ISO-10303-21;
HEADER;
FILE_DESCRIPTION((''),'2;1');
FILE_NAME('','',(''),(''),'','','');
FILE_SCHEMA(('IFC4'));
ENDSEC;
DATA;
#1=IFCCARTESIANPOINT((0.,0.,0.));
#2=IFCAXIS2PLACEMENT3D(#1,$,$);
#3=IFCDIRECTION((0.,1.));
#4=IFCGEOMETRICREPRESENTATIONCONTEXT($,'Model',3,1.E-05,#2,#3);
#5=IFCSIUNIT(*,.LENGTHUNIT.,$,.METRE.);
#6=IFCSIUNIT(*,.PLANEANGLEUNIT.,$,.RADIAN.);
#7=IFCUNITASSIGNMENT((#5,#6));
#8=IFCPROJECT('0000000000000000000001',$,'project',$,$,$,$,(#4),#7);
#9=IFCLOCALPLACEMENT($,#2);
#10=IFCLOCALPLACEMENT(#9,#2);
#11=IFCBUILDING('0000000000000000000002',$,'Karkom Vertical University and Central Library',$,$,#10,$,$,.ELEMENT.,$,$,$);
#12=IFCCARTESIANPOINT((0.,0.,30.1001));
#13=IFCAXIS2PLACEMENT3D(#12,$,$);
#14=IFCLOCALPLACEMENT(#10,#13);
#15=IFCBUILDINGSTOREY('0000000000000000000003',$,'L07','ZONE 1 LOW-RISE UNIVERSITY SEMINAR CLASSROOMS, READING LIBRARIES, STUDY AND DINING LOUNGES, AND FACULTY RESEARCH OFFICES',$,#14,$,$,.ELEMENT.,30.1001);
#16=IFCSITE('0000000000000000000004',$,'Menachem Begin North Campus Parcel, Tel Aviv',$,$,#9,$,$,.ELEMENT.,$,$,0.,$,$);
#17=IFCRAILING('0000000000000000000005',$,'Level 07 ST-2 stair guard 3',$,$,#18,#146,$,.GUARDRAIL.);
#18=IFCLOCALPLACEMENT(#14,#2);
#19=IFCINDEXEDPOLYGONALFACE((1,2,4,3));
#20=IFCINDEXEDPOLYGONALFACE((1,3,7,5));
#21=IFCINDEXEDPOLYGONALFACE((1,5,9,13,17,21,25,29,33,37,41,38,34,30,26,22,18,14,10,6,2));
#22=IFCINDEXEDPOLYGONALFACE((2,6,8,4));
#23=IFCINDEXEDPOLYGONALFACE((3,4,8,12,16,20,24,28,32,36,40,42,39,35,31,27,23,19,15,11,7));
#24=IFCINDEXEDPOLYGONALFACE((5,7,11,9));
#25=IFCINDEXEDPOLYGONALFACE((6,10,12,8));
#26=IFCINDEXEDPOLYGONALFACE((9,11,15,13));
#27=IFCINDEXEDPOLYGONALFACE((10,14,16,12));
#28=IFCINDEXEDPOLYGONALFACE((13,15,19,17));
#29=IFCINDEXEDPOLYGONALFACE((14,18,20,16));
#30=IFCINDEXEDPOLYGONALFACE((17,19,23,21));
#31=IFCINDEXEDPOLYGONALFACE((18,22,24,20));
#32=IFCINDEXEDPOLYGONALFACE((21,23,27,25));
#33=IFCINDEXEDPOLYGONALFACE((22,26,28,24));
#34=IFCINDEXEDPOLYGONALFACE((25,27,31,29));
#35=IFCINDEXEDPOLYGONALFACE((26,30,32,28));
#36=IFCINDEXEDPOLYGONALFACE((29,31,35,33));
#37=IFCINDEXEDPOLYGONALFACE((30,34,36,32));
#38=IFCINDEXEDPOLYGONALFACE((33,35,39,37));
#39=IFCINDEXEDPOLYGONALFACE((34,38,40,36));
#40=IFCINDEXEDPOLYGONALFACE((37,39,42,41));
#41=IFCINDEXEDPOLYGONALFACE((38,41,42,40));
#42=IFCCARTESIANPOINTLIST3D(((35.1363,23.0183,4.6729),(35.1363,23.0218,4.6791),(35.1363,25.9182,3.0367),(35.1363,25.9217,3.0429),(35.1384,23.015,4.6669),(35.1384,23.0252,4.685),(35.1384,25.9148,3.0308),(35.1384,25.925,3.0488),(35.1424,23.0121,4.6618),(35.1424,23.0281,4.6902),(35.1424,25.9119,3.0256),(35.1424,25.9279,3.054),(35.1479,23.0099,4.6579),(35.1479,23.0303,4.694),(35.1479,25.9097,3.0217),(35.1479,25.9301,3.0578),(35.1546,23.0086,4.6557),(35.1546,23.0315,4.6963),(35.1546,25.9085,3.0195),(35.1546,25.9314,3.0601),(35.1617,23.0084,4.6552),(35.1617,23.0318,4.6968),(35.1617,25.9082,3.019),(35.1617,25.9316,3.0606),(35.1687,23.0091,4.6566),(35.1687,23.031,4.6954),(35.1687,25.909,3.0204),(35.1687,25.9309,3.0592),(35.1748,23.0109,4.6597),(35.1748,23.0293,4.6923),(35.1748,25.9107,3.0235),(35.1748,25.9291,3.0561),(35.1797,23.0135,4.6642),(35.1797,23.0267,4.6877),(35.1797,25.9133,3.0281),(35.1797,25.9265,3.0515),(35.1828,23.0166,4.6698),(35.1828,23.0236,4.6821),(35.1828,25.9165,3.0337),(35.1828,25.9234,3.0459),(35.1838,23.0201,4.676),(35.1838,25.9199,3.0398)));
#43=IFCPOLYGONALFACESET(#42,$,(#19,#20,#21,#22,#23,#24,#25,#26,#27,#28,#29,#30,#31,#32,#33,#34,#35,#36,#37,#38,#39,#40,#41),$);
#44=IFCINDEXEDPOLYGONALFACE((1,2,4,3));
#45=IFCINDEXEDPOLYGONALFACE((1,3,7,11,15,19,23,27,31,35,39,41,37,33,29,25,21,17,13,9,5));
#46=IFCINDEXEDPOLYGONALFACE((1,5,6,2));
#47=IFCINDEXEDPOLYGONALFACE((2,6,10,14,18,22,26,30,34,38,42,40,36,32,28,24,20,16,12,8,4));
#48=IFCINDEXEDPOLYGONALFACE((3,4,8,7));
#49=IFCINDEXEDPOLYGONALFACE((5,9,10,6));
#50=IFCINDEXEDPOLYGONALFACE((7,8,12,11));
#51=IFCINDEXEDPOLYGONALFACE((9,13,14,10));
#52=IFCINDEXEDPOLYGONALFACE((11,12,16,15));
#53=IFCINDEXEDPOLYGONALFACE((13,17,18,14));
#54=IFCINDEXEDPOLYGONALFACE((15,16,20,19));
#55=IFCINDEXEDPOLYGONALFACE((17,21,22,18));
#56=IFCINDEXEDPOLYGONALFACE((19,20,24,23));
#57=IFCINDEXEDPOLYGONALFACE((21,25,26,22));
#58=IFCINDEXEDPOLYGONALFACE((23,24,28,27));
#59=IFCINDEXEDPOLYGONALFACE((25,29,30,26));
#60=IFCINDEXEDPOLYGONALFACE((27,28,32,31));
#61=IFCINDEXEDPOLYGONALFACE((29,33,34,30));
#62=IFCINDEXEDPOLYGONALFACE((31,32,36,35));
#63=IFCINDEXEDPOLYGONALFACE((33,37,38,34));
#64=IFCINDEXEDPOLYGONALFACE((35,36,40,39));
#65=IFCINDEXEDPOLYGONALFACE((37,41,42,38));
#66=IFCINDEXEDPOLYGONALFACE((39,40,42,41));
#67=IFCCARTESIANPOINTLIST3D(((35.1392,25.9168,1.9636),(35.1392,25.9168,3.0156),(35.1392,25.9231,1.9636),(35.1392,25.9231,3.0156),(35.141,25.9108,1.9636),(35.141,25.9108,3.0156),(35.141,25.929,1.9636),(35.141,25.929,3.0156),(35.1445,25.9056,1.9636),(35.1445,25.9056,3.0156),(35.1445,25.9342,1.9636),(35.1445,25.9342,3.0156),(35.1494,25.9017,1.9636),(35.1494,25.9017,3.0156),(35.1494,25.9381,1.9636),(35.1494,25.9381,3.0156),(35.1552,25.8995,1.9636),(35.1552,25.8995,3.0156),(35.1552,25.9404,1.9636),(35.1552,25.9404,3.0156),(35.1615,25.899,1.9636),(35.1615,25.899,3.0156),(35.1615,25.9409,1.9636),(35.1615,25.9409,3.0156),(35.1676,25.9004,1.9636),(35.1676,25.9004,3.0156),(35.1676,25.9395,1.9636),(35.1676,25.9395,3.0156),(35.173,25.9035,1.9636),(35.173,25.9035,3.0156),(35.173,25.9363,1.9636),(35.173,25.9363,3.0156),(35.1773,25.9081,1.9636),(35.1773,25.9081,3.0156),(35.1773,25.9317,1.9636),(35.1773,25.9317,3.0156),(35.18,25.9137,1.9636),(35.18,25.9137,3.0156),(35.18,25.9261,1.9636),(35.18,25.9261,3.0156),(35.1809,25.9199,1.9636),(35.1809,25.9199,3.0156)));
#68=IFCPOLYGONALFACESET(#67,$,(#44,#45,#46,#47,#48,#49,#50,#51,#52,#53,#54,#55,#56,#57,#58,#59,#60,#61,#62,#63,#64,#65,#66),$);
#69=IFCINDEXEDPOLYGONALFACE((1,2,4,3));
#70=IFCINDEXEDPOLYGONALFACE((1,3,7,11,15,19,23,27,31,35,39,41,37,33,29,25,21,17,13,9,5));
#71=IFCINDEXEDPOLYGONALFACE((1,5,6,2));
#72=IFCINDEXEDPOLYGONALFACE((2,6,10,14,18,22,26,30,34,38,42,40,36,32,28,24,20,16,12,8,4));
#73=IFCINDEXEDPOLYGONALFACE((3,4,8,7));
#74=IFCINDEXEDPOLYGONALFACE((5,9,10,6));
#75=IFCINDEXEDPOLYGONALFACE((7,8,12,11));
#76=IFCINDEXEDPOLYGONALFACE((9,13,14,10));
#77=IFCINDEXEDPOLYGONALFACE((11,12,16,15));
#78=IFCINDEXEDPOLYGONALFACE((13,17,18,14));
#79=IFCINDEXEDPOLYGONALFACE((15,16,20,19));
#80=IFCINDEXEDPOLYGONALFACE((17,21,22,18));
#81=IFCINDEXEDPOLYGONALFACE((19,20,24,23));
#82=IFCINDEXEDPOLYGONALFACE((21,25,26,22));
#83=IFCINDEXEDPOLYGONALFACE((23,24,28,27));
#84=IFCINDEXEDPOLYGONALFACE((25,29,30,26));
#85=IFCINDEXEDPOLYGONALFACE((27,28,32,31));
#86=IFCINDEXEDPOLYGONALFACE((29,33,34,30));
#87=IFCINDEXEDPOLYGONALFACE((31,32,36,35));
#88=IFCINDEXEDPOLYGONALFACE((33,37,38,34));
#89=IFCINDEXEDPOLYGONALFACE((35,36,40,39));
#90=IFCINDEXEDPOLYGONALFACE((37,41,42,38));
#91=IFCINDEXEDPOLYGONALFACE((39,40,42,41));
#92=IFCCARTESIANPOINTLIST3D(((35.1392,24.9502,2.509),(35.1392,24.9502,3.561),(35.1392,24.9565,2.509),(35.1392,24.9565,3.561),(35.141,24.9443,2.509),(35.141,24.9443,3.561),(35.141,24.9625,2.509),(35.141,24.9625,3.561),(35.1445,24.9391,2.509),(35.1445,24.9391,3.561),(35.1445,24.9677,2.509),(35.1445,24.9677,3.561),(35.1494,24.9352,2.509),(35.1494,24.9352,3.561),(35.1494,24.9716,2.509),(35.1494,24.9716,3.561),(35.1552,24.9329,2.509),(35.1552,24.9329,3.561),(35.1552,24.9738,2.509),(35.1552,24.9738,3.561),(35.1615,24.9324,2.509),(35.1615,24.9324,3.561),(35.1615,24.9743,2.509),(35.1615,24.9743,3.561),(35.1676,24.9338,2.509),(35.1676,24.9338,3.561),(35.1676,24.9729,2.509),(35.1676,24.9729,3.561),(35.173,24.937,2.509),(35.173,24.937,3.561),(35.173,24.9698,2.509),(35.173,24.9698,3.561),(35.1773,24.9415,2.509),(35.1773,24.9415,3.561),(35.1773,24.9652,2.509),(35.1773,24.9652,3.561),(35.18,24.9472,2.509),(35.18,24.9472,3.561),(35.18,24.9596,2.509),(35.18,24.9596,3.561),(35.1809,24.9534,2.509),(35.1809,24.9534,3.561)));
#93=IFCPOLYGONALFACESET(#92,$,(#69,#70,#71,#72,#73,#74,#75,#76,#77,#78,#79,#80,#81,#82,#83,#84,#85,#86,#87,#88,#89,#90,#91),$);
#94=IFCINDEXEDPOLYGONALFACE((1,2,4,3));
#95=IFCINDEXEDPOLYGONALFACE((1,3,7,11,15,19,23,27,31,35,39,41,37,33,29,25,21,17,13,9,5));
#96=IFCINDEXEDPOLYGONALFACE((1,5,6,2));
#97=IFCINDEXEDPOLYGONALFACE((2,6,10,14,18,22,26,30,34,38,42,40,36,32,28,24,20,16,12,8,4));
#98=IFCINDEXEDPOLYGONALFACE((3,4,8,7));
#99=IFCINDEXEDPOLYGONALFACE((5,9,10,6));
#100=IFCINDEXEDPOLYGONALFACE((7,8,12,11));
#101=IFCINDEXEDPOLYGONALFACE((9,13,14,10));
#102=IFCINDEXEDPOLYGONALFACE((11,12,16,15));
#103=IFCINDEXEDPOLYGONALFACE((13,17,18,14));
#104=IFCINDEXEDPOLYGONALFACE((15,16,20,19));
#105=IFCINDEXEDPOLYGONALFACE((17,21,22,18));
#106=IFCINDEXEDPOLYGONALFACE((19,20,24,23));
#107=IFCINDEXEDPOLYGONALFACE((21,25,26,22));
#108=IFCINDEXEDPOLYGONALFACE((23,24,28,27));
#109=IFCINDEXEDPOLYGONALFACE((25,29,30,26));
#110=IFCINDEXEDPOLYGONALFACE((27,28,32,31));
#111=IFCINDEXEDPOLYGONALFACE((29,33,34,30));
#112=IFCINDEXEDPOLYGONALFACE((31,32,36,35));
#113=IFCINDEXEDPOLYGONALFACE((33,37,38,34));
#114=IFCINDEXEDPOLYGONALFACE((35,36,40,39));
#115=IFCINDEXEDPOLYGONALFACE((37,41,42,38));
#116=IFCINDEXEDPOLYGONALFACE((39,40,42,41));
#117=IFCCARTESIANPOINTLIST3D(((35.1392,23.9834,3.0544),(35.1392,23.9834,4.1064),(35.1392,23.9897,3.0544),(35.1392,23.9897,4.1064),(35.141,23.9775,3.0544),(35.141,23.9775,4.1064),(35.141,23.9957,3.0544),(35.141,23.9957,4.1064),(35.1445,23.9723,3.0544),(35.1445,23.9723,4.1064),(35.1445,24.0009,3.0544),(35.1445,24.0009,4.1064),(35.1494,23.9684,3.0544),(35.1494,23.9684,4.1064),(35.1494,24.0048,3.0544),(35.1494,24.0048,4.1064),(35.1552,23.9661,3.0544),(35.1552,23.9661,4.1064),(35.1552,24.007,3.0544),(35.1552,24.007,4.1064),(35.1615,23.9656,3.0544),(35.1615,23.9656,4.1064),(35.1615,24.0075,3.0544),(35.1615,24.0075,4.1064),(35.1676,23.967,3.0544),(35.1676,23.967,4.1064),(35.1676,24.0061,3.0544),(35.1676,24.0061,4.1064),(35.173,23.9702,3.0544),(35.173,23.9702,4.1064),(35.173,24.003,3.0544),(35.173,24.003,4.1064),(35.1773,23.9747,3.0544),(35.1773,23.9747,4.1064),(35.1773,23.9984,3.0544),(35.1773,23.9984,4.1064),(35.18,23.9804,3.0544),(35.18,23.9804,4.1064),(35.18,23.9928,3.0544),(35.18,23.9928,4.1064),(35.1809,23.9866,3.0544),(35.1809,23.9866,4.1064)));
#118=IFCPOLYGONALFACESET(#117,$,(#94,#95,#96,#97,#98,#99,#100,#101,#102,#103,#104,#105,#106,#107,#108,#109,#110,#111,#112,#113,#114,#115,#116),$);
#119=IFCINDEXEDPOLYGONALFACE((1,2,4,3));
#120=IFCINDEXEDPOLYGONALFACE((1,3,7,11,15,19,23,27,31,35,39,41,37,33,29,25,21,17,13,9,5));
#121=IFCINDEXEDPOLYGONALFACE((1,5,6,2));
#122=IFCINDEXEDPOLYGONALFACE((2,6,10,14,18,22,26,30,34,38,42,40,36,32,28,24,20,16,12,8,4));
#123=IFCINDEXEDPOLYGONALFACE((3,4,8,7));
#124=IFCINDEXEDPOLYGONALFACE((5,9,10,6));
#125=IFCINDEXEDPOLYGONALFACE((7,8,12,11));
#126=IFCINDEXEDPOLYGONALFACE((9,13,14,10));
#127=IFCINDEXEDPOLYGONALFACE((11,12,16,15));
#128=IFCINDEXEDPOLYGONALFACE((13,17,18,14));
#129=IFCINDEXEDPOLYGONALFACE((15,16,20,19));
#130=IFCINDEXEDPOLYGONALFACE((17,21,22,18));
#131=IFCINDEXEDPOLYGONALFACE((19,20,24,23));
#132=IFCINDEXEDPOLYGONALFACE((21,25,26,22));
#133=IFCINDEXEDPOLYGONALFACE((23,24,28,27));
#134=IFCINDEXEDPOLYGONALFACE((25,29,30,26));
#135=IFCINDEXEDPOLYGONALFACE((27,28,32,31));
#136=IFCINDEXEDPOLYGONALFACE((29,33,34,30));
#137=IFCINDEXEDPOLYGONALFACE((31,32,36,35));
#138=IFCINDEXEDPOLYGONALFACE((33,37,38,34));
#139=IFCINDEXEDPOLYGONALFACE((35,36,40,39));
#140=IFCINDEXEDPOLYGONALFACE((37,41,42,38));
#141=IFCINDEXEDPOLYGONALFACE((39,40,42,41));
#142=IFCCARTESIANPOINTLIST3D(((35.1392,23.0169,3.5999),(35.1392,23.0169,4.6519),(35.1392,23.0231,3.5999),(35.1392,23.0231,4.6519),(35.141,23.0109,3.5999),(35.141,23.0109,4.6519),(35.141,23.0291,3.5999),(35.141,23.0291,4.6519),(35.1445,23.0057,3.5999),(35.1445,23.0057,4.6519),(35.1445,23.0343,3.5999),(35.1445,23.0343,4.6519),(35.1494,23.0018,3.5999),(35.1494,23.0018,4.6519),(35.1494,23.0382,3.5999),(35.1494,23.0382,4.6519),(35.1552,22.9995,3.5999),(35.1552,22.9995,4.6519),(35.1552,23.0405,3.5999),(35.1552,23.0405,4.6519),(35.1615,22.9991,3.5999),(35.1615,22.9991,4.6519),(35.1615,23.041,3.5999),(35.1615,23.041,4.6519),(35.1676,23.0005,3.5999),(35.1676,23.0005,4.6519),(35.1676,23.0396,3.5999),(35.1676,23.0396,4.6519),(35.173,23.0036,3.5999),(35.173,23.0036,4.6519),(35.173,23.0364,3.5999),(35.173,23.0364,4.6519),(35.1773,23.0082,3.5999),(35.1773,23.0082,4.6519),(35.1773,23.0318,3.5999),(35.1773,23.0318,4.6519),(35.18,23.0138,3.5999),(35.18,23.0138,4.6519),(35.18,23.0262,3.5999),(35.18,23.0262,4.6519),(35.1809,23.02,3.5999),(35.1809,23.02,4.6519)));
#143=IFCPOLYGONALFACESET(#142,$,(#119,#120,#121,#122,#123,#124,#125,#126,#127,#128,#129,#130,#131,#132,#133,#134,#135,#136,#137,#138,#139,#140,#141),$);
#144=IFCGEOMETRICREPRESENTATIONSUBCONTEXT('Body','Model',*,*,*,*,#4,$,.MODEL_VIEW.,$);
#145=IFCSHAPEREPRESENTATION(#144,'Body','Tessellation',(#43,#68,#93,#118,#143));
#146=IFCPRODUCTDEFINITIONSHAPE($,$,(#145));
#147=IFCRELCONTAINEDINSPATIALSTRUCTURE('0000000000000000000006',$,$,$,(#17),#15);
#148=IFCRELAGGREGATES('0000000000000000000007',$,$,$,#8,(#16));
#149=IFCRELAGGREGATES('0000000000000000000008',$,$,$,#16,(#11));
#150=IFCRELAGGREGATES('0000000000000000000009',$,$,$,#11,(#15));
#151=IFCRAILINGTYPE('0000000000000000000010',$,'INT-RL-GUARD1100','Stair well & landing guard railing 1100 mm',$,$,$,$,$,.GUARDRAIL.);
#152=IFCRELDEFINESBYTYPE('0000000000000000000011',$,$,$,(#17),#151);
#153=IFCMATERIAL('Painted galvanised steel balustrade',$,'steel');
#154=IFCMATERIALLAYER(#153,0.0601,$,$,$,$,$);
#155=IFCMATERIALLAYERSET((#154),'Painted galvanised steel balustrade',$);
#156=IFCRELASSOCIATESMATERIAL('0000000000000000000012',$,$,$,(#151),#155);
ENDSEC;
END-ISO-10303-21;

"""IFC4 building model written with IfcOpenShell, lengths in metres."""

from ifc_helpers import new_model, si_unit, direction, frame, origin, origin_2d, place, context, subcontext, project, spatial, circle, extrude, material, layer, layer_set, type_object, element, save


model = new_model("IFC4")

# Units and contexts
model_context = context("Model", 3, precision=1e-05, world=origin(), true_north=direction((0.0, 1.0)))
body_context = subcontext(model_context, "Body", "Model", "MODEL_VIEW")
ifc_project = project(units=[si_unit("LENGTHUNIT", "METRE"), si_unit("PLANEANGLEUNIT", "RADIAN")], contexts=[model_context])

# Site, building, storey
site_placement = place(None, origin())
site = spatial("IfcSite", under=ifc_project, at=site_placement, Name="Menachem Begin North Campus Parcel, Tel Aviv", CompositionType="ELEMENT", RefElevation=0.0)
building_placement = place(site_placement, origin())
building = spatial("IfcBuilding", under=site, at=building_placement, Name="Karkom Vertical University and Central Library", CompositionType="ELEMENT")
storey_placement = place(building_placement, frame((0.0, 0.0, 30.1001)))
storey = spatial("IfcBuildingStorey", under=building, at=storey_placement, Name="L07", Description="ZONE 1 LOW-RISE UNIVERSITY SEMINAR CLASSROOMS, READING LIBRARIES, STUDY AND DINING LOUNGES, AND FACULTY RESEARCH OFFICES", CompositionType="ELEMENT", Elevation=30.1001)

# Railing
ifc_material_1 = material(Name="Painted galvanised steel balustrade", Category="steel")
ifc_layer_1 = layer(ifc_material_1, 0.0601)
ifc_layer_set_1 = layer_set([ifc_layer_1], Name="Painted galvanised steel balustrade")
railing_type_1 = type_object("IfcRailingType", Name="INT-RL-GUARD1100", Description="Stair well & landing guard railing 1100 mm", PredefinedType="GUARDRAIL", material=ifc_layer_set_1)
railing_1_placement = place(storey_placement, frame((35.1599, 25.9199, 1.9636)))
element("IfcRailing", 1, at=railing_1_placement, inside=storey, type_object=railing_type_1, Name="Level 07 ST-2 stair guard 3", PredefinedType="GUARDRAIL", context=body_context, shape_type="SweptSolid", body=[
    extrude(circle(Radius=0.0239, at=origin_2d()), frame((0.0, 0.0, 1.0762), z_axis=(0.0, -0.870929, 0.49141), x_axis=(1.0, 0.0, 0.0)), (0.0, 0.0, 1.0), 3.3296),
    extrude(circle(Radius=0.021, at=origin_2d()), origin(), (0.0, 0.0, 1.0), 1.052),
    extrude(circle(Radius=0.021, at=origin_2d()), frame((0.0, -0.9666, 0.5454)), (0.0, 0.0, 1.0), 1.052),
    extrude(circle(Radius=0.021, at=origin_2d()), frame((0.0, -1.9333, 1.0908)), (0.0, 0.0, 1.0), 1.052),
    extrude(circle(Radius=0.021, at=origin_2d()), frame((0.0, -2.8999, 1.6362)), (0.0, 0.0, 1.0), 1.052),
])

save(model, "model.ifc")
